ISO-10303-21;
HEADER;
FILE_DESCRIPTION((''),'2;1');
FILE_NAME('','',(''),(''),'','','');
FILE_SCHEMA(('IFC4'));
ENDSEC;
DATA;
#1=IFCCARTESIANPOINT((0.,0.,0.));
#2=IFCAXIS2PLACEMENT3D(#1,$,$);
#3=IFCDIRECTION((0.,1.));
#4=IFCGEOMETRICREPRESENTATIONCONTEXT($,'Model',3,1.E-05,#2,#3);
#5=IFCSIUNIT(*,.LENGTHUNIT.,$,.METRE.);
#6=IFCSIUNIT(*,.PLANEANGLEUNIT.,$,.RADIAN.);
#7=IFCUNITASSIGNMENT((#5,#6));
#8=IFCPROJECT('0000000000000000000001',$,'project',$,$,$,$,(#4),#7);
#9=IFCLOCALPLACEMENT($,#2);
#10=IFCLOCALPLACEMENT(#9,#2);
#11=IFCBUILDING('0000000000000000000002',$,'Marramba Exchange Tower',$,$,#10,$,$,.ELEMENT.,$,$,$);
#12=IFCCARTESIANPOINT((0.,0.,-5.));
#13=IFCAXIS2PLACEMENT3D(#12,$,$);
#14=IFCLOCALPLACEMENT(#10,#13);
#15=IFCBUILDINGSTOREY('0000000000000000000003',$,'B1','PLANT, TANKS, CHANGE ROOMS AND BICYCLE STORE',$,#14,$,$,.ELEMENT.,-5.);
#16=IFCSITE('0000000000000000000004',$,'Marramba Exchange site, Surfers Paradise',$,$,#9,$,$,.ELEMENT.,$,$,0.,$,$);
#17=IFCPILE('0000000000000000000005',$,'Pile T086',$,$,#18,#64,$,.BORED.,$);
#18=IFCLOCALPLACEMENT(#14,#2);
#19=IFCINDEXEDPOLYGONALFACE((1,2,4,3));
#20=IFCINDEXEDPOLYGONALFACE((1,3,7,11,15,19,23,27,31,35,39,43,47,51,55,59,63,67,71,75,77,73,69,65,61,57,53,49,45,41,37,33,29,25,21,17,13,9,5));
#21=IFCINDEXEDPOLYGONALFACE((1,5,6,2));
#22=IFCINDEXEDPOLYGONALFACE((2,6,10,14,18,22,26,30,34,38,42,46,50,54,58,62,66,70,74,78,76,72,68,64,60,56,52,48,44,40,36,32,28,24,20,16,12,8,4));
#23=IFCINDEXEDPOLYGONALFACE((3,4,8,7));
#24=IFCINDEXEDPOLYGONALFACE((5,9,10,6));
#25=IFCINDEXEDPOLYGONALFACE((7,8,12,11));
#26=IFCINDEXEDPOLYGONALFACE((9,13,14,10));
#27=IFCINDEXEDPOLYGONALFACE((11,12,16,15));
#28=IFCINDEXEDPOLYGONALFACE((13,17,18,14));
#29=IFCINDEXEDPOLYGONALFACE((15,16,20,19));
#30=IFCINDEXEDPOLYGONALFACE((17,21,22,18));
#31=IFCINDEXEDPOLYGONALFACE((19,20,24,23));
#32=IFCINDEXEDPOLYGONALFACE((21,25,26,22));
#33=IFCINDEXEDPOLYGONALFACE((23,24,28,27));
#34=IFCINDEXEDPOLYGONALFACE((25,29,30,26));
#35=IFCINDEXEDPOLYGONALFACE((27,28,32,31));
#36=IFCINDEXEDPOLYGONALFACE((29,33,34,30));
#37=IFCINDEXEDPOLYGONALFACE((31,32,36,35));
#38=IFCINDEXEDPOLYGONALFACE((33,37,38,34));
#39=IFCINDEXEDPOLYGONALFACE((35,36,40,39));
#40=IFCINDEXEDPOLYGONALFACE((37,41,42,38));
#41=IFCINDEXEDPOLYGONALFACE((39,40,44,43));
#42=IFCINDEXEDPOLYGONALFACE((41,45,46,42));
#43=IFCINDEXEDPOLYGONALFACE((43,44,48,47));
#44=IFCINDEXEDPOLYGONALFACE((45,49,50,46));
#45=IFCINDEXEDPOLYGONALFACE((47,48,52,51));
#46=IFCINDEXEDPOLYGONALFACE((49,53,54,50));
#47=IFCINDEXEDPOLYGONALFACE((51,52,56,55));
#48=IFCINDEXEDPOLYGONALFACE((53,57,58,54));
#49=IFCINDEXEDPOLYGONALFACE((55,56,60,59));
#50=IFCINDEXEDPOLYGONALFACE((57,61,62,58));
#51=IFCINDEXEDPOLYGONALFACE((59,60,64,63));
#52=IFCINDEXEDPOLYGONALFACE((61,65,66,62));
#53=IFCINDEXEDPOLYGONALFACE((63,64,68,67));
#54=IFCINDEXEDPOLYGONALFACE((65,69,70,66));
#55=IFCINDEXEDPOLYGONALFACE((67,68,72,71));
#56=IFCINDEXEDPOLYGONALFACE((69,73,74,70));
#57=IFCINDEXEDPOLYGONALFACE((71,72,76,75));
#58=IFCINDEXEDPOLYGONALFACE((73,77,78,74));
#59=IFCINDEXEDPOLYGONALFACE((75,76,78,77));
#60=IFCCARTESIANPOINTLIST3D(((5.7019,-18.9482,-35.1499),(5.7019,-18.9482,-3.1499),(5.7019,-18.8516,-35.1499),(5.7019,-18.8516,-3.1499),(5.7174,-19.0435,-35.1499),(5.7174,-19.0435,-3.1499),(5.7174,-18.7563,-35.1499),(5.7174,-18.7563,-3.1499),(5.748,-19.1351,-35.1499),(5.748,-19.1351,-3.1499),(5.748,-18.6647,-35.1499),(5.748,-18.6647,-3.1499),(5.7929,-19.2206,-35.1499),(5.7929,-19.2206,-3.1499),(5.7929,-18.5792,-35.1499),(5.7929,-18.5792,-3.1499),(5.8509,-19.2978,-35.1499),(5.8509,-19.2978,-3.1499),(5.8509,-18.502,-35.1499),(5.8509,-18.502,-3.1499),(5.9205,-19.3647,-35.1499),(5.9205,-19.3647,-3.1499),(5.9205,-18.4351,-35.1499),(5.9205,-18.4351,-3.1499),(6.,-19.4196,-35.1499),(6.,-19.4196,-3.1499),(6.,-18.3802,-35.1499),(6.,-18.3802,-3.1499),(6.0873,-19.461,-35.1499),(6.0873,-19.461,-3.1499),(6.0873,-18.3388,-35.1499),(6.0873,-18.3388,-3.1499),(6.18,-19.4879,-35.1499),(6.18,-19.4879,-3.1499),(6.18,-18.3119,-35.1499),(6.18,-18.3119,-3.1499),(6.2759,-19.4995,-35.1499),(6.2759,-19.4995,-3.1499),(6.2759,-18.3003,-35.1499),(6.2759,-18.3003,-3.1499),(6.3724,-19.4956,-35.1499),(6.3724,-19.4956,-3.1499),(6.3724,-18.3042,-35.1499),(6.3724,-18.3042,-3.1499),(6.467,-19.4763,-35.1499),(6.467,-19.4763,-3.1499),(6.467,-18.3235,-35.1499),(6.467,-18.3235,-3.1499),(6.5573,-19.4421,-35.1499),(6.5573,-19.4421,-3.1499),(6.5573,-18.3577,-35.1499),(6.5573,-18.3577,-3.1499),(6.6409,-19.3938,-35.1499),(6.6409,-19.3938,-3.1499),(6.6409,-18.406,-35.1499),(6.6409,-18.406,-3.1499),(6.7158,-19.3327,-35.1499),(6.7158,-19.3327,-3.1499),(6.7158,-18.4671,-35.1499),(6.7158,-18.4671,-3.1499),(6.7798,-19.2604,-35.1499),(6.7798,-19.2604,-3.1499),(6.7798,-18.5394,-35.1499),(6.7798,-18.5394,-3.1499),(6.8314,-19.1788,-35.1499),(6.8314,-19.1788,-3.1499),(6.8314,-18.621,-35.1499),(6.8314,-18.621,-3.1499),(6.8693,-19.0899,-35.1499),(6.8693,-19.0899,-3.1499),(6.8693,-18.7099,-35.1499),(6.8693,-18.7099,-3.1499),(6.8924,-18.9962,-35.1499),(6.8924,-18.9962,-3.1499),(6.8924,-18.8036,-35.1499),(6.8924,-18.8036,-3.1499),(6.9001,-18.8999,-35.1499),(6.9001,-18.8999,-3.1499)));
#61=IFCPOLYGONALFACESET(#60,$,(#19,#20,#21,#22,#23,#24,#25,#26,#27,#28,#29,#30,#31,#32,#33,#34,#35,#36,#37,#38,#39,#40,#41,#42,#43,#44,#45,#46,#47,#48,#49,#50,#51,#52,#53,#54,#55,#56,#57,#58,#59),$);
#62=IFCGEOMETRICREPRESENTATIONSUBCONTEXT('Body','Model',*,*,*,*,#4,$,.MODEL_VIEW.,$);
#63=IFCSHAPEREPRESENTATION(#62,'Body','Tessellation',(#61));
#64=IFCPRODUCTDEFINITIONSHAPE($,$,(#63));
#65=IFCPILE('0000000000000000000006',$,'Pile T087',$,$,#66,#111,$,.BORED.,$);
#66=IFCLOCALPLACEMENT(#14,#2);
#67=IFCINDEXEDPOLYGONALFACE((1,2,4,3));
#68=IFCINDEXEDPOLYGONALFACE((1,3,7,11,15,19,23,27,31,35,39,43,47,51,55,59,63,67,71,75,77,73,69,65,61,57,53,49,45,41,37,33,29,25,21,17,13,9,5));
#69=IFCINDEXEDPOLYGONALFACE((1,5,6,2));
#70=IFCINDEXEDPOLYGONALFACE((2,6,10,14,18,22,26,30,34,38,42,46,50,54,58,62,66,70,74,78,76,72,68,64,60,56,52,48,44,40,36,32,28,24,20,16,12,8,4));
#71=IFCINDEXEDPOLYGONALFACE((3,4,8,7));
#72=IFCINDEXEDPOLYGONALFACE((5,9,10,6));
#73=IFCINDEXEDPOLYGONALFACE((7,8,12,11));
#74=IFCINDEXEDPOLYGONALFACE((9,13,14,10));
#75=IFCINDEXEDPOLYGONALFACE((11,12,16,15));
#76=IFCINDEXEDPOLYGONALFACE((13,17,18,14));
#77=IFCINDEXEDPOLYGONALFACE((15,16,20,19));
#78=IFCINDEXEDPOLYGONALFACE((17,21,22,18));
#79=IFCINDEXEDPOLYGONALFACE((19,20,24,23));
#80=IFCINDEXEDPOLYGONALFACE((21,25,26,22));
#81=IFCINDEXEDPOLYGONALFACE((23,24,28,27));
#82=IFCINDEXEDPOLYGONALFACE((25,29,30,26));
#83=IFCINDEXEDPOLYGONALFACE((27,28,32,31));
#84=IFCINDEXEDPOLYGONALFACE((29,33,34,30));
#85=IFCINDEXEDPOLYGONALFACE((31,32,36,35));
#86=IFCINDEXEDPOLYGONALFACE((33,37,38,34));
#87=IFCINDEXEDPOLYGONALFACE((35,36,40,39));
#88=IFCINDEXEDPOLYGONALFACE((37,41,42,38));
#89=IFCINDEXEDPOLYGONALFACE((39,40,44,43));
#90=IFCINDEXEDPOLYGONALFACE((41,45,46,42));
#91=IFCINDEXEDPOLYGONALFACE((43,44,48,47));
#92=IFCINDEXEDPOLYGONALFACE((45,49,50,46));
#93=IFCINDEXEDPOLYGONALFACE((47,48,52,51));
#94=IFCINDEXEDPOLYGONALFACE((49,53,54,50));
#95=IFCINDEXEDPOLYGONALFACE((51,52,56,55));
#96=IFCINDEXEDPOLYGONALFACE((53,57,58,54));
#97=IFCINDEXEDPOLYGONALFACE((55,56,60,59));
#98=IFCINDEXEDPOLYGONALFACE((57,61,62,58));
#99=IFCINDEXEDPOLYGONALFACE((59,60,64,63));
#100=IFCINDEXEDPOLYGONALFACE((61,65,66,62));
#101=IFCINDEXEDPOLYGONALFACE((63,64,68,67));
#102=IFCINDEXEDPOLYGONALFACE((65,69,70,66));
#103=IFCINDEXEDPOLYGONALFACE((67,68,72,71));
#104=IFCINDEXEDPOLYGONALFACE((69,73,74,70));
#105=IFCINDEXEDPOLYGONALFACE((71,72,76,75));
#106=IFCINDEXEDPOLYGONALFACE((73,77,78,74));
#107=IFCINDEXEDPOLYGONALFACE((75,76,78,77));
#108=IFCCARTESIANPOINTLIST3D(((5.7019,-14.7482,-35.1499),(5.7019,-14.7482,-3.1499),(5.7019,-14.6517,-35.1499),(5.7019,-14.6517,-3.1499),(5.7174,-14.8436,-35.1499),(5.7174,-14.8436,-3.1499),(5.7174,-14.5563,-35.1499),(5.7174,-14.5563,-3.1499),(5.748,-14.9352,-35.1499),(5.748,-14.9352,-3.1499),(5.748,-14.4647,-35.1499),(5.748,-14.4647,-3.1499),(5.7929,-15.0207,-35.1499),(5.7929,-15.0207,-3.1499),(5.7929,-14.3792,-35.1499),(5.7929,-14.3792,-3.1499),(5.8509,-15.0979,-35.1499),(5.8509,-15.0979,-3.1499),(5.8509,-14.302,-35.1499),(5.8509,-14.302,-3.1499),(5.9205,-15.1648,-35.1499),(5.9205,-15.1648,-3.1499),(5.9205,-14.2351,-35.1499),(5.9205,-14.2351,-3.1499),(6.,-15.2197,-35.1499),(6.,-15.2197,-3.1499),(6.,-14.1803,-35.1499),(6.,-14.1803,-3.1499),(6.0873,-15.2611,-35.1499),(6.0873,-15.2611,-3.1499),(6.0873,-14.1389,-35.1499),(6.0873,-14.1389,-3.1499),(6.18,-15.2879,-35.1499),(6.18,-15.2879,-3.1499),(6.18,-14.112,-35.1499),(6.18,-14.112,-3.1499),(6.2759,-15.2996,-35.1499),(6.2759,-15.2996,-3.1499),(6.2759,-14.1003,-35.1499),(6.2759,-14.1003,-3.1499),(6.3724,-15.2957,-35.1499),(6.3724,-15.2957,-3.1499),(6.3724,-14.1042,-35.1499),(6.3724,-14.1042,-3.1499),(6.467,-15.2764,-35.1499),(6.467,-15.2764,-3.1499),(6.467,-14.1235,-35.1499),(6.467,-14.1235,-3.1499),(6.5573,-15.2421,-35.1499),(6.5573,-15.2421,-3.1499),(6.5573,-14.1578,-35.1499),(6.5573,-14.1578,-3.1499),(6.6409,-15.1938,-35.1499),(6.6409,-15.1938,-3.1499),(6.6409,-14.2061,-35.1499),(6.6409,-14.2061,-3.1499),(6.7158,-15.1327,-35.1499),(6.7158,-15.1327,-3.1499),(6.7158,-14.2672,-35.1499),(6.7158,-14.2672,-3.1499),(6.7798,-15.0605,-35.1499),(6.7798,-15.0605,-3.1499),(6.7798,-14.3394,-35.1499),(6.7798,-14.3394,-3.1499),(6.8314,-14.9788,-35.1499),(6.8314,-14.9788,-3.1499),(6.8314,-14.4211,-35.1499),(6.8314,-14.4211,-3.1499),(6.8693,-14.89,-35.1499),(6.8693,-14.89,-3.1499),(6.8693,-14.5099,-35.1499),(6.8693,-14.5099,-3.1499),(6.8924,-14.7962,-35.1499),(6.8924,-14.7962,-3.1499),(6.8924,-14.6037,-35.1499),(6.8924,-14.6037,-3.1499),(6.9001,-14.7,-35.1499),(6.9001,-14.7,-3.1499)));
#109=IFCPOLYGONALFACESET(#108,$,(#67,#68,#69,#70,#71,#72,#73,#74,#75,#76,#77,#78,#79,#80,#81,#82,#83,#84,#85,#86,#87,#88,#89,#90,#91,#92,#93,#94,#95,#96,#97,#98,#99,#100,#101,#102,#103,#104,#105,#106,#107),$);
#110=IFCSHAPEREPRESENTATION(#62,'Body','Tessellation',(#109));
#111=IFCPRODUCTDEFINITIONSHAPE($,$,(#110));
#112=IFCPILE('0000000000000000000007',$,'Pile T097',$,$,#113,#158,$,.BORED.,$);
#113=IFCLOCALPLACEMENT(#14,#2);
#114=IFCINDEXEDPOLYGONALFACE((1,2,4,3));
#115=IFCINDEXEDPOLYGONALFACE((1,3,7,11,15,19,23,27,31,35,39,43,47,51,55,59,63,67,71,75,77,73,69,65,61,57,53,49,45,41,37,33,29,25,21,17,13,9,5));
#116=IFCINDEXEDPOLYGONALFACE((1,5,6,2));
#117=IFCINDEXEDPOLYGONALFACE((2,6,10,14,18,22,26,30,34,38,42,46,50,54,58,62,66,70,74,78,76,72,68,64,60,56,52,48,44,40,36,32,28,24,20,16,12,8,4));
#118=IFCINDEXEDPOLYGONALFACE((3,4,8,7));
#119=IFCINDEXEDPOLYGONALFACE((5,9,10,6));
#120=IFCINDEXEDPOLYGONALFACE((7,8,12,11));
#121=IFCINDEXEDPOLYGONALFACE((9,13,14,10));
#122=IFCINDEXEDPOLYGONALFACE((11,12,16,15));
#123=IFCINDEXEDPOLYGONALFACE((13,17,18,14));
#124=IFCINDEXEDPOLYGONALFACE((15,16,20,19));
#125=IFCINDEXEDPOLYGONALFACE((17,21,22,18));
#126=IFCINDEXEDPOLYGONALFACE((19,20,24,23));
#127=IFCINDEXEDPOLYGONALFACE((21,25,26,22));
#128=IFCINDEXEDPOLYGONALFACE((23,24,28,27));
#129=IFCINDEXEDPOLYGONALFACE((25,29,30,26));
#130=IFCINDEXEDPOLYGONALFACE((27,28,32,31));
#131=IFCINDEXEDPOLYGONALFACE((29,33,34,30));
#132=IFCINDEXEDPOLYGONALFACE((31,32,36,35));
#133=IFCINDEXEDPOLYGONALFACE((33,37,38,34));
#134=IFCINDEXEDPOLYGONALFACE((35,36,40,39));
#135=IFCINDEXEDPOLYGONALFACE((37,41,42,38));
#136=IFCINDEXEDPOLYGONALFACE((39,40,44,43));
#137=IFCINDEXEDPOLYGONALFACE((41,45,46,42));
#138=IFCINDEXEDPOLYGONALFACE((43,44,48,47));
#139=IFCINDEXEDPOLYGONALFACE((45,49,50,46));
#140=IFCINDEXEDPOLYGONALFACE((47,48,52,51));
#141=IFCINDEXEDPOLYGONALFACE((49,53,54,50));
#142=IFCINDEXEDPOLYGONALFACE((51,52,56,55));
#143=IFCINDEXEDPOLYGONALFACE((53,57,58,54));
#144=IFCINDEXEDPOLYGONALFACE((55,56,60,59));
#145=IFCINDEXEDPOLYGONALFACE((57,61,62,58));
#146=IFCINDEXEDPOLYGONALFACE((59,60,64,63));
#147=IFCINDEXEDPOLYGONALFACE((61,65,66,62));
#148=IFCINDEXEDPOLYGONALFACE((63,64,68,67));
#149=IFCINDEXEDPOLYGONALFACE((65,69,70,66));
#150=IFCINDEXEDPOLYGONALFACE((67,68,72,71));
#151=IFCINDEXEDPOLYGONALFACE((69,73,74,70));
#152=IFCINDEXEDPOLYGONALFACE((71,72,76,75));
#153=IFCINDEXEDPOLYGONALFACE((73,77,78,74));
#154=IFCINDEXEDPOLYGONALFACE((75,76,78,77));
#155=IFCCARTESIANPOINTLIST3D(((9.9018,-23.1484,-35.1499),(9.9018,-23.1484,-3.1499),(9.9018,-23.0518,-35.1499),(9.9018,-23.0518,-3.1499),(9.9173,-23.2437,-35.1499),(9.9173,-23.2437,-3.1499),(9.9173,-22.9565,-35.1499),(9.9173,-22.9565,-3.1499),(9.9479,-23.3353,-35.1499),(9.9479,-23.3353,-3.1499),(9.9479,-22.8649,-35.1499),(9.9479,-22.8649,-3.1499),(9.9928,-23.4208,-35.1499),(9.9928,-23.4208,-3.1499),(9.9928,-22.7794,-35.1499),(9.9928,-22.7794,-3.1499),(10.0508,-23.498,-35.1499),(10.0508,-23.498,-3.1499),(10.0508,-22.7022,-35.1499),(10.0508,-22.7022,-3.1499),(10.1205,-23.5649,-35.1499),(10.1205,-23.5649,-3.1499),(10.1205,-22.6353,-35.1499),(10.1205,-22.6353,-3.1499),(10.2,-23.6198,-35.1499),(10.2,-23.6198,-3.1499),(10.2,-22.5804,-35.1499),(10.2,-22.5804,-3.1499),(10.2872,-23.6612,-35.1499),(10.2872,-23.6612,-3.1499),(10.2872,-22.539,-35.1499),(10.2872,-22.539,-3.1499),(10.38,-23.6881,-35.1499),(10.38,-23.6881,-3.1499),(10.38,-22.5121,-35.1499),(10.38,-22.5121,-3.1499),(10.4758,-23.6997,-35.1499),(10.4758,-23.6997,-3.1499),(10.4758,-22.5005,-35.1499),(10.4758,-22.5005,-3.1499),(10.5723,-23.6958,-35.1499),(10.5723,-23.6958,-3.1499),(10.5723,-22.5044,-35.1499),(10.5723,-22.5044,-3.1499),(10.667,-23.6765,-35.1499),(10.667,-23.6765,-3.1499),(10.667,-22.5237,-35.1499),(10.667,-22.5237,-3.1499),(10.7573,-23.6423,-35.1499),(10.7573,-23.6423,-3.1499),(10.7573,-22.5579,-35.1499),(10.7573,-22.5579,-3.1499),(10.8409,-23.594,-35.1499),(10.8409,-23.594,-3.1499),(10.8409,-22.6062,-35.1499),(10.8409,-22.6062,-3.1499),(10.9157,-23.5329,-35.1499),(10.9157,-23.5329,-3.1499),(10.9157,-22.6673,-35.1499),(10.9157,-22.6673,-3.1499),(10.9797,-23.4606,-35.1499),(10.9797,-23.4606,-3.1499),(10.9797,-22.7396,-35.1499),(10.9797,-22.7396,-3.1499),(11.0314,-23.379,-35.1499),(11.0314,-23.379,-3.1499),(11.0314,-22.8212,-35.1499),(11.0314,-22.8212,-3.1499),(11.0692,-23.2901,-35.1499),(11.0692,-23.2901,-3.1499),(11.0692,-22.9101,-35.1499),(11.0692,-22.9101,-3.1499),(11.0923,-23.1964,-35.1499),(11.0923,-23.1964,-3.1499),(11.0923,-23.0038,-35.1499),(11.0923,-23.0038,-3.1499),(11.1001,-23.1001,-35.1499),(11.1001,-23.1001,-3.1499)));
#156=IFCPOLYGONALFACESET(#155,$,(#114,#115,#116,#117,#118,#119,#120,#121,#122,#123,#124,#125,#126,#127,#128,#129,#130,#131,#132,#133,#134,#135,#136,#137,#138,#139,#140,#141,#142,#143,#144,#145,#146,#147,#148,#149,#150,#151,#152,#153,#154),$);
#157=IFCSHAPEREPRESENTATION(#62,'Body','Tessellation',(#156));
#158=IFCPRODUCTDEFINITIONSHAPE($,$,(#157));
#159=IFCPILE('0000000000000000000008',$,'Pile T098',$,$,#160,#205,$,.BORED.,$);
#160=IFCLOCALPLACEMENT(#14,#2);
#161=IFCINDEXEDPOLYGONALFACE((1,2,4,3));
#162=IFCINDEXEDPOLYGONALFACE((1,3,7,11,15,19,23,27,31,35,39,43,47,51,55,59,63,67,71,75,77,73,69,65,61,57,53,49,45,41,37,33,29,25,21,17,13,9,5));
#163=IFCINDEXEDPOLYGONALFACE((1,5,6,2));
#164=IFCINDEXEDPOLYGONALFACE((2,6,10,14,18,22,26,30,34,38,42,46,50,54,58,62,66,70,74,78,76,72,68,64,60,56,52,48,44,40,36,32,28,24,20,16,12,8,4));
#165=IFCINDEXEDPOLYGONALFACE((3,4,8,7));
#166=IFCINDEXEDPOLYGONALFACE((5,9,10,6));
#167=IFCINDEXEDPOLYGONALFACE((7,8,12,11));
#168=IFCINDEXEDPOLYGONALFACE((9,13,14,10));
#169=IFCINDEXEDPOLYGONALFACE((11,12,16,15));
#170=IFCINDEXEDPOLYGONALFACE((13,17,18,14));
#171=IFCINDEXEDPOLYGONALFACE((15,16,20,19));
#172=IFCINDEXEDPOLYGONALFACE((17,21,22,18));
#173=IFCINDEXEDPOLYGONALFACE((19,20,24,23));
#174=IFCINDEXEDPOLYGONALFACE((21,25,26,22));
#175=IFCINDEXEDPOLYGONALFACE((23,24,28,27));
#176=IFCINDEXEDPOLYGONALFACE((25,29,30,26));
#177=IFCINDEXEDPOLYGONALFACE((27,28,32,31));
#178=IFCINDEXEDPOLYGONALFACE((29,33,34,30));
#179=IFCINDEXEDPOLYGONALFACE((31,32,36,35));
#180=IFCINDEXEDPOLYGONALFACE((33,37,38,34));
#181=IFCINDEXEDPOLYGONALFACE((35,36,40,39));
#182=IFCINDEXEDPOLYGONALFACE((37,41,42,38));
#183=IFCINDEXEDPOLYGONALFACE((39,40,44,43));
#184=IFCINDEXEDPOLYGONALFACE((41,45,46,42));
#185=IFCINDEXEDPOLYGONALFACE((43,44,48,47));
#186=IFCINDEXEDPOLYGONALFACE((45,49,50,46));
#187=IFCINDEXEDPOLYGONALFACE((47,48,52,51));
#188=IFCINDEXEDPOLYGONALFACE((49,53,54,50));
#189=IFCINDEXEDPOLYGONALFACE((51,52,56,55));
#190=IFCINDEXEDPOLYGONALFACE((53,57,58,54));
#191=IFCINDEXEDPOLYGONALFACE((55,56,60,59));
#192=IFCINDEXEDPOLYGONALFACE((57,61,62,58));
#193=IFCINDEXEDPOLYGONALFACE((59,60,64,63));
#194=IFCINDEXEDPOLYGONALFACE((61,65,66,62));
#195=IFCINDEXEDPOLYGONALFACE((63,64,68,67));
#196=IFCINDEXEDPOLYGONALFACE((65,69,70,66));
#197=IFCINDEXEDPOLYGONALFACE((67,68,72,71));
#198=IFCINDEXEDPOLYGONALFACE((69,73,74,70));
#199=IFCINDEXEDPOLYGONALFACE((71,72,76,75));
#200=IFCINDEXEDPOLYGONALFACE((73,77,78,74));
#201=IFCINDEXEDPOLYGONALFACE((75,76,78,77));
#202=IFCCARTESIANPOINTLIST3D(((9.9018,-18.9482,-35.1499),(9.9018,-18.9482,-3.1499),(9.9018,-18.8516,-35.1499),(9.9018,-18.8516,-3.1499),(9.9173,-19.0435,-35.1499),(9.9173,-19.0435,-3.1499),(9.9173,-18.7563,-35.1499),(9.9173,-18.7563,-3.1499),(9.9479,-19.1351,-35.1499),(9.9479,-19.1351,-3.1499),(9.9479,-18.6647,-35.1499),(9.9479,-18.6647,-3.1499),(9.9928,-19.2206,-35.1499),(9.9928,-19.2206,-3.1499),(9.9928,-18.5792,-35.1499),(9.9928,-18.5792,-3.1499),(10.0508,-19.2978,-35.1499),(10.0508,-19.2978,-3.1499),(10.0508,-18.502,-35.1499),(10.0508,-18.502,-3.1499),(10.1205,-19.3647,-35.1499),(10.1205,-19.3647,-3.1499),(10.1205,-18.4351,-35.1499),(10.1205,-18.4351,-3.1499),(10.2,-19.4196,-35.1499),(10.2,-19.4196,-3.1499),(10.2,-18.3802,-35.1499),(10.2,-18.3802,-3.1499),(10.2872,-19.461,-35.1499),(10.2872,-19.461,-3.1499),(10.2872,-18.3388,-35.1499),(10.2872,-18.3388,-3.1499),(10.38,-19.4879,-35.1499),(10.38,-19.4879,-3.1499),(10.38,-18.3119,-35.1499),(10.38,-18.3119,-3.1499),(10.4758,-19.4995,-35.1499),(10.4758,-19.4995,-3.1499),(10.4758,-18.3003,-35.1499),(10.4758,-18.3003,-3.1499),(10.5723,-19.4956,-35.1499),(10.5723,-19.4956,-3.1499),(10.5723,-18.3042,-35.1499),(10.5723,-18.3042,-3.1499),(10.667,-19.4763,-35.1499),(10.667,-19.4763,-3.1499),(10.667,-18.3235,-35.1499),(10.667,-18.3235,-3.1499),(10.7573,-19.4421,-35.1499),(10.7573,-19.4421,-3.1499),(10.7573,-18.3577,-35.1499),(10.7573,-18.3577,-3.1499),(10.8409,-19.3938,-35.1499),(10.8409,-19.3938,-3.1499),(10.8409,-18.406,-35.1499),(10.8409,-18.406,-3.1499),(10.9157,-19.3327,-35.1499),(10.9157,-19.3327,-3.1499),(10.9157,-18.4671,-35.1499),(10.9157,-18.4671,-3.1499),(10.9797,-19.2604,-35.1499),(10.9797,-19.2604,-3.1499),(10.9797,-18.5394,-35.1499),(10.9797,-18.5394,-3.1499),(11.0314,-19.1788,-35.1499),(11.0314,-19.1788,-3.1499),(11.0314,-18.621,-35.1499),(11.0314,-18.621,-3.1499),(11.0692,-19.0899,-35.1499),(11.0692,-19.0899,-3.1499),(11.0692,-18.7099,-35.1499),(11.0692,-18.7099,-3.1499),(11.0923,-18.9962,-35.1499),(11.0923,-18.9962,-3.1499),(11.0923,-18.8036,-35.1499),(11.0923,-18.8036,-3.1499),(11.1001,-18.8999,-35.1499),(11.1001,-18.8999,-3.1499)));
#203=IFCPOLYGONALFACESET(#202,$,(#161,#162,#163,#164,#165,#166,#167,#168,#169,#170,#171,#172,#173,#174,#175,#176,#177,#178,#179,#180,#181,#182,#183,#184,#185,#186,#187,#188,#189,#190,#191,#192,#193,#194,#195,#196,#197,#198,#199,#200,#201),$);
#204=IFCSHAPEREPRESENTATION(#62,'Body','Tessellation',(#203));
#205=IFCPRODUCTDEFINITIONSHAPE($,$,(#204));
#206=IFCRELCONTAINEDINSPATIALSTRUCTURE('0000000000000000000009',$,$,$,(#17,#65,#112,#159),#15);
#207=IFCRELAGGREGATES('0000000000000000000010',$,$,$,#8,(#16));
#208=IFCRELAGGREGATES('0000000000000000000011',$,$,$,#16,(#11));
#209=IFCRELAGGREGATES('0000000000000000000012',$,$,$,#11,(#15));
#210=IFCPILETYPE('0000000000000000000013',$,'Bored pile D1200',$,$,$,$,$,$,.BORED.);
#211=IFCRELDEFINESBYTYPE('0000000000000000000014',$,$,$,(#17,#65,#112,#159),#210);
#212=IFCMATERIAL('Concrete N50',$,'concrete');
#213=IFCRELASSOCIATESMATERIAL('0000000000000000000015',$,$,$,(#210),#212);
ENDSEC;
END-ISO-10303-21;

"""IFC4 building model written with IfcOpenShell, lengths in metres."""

from ifc_helpers import new_model, si_unit, direction, frame, origin, origin_2d, place, context, subcontext, project, spatial, circle, extrude, material, material_profile, profile_set, type_object, element, save


model = new_model("IFC4")

# Units and contexts
model_context = context("Model", 3, precision=1e-05, world=origin(), true_north=direction((0.0, 1.0)))
body_context = subcontext(model_context, "Body", "Model", "MODEL_VIEW")
ifc_project = project(units=[si_unit("LENGTHUNIT", "METRE"), si_unit("PLANEANGLEUNIT", "RADIAN")], contexts=[model_context])

# Site, building, storey
site_placement = place(None, origin())
site = spatial("IfcSite", under=ifc_project, at=site_placement, Name="Marramba Exchange site, Surfers Paradise", CompositionType="ELEMENT", RefElevation=0.0)
building_placement = place(site_placement, origin())
building = spatial("IfcBuilding", under=site, at=building_placement, Name="Marramba Exchange Tower", CompositionType="ELEMENT")
storey_placement = place(building_placement, frame((0.0, 0.0, -5.0)))
storey = spatial("IfcBuildingStorey", under=building, at=storey_placement, Name="B1", Description="PLANT, TANKS, CHANGE ROOMS AND BICYCLE STORE", CompositionType="ELEMENT", Elevation=-5.0)

# Piles
ifc_material_1 = material(Name="Concrete N50", Category="concrete")
ifc_material_profile_1 = material_profile(ifc_material_1, circle(Radius=0.6001, at=origin_2d()), Name="BP D1200")
ifc_profile_set_1 = profile_set([ifc_material_profile_1], Name="Concrete N50")
pile_type = type_object("IfcPileType", Name="Bored pile D1200", PredefinedType="BORED", material=ifc_profile_set_1)
for number, where, z_axis, x_axis, name in (
    (1, (6.3, -18.8999, -3.1499), (0.0, 0.0, -1.0), (1.0, 0.0, 0.0), "Pile T086"),
    (2, (6.3, -14.7, -3.1499), (0.0, 0.0, -1.0), (1.0, 0.0, 0.0), "Pile T087"),
    (3, (10.5, -23.1001, -3.1499), (0.0, 0.0, -1.0), (1.0, 0.0, 0.0), "Pile T097"),
    (4, (10.5, -18.8999, -3.1499), (0.0, 0.0, -1.0), (1.0, 0.0, 0.0), "Pile T098"),
):
    element("IfcPile", number, at=place(storey_placement, frame(where, z_axis=z_axis, x_axis=x_axis)), inside=storey, type_object=pile_type, Name=name, PredefinedType="BORED", context=body_context, shape_type="SweptSolid", body=[
        extrude(circle(Radius=0.6001, at=origin_2d()), origin(), (0.0, 0.0, 1.0), 32.0),
    ])

save(model, "model.ifc")
